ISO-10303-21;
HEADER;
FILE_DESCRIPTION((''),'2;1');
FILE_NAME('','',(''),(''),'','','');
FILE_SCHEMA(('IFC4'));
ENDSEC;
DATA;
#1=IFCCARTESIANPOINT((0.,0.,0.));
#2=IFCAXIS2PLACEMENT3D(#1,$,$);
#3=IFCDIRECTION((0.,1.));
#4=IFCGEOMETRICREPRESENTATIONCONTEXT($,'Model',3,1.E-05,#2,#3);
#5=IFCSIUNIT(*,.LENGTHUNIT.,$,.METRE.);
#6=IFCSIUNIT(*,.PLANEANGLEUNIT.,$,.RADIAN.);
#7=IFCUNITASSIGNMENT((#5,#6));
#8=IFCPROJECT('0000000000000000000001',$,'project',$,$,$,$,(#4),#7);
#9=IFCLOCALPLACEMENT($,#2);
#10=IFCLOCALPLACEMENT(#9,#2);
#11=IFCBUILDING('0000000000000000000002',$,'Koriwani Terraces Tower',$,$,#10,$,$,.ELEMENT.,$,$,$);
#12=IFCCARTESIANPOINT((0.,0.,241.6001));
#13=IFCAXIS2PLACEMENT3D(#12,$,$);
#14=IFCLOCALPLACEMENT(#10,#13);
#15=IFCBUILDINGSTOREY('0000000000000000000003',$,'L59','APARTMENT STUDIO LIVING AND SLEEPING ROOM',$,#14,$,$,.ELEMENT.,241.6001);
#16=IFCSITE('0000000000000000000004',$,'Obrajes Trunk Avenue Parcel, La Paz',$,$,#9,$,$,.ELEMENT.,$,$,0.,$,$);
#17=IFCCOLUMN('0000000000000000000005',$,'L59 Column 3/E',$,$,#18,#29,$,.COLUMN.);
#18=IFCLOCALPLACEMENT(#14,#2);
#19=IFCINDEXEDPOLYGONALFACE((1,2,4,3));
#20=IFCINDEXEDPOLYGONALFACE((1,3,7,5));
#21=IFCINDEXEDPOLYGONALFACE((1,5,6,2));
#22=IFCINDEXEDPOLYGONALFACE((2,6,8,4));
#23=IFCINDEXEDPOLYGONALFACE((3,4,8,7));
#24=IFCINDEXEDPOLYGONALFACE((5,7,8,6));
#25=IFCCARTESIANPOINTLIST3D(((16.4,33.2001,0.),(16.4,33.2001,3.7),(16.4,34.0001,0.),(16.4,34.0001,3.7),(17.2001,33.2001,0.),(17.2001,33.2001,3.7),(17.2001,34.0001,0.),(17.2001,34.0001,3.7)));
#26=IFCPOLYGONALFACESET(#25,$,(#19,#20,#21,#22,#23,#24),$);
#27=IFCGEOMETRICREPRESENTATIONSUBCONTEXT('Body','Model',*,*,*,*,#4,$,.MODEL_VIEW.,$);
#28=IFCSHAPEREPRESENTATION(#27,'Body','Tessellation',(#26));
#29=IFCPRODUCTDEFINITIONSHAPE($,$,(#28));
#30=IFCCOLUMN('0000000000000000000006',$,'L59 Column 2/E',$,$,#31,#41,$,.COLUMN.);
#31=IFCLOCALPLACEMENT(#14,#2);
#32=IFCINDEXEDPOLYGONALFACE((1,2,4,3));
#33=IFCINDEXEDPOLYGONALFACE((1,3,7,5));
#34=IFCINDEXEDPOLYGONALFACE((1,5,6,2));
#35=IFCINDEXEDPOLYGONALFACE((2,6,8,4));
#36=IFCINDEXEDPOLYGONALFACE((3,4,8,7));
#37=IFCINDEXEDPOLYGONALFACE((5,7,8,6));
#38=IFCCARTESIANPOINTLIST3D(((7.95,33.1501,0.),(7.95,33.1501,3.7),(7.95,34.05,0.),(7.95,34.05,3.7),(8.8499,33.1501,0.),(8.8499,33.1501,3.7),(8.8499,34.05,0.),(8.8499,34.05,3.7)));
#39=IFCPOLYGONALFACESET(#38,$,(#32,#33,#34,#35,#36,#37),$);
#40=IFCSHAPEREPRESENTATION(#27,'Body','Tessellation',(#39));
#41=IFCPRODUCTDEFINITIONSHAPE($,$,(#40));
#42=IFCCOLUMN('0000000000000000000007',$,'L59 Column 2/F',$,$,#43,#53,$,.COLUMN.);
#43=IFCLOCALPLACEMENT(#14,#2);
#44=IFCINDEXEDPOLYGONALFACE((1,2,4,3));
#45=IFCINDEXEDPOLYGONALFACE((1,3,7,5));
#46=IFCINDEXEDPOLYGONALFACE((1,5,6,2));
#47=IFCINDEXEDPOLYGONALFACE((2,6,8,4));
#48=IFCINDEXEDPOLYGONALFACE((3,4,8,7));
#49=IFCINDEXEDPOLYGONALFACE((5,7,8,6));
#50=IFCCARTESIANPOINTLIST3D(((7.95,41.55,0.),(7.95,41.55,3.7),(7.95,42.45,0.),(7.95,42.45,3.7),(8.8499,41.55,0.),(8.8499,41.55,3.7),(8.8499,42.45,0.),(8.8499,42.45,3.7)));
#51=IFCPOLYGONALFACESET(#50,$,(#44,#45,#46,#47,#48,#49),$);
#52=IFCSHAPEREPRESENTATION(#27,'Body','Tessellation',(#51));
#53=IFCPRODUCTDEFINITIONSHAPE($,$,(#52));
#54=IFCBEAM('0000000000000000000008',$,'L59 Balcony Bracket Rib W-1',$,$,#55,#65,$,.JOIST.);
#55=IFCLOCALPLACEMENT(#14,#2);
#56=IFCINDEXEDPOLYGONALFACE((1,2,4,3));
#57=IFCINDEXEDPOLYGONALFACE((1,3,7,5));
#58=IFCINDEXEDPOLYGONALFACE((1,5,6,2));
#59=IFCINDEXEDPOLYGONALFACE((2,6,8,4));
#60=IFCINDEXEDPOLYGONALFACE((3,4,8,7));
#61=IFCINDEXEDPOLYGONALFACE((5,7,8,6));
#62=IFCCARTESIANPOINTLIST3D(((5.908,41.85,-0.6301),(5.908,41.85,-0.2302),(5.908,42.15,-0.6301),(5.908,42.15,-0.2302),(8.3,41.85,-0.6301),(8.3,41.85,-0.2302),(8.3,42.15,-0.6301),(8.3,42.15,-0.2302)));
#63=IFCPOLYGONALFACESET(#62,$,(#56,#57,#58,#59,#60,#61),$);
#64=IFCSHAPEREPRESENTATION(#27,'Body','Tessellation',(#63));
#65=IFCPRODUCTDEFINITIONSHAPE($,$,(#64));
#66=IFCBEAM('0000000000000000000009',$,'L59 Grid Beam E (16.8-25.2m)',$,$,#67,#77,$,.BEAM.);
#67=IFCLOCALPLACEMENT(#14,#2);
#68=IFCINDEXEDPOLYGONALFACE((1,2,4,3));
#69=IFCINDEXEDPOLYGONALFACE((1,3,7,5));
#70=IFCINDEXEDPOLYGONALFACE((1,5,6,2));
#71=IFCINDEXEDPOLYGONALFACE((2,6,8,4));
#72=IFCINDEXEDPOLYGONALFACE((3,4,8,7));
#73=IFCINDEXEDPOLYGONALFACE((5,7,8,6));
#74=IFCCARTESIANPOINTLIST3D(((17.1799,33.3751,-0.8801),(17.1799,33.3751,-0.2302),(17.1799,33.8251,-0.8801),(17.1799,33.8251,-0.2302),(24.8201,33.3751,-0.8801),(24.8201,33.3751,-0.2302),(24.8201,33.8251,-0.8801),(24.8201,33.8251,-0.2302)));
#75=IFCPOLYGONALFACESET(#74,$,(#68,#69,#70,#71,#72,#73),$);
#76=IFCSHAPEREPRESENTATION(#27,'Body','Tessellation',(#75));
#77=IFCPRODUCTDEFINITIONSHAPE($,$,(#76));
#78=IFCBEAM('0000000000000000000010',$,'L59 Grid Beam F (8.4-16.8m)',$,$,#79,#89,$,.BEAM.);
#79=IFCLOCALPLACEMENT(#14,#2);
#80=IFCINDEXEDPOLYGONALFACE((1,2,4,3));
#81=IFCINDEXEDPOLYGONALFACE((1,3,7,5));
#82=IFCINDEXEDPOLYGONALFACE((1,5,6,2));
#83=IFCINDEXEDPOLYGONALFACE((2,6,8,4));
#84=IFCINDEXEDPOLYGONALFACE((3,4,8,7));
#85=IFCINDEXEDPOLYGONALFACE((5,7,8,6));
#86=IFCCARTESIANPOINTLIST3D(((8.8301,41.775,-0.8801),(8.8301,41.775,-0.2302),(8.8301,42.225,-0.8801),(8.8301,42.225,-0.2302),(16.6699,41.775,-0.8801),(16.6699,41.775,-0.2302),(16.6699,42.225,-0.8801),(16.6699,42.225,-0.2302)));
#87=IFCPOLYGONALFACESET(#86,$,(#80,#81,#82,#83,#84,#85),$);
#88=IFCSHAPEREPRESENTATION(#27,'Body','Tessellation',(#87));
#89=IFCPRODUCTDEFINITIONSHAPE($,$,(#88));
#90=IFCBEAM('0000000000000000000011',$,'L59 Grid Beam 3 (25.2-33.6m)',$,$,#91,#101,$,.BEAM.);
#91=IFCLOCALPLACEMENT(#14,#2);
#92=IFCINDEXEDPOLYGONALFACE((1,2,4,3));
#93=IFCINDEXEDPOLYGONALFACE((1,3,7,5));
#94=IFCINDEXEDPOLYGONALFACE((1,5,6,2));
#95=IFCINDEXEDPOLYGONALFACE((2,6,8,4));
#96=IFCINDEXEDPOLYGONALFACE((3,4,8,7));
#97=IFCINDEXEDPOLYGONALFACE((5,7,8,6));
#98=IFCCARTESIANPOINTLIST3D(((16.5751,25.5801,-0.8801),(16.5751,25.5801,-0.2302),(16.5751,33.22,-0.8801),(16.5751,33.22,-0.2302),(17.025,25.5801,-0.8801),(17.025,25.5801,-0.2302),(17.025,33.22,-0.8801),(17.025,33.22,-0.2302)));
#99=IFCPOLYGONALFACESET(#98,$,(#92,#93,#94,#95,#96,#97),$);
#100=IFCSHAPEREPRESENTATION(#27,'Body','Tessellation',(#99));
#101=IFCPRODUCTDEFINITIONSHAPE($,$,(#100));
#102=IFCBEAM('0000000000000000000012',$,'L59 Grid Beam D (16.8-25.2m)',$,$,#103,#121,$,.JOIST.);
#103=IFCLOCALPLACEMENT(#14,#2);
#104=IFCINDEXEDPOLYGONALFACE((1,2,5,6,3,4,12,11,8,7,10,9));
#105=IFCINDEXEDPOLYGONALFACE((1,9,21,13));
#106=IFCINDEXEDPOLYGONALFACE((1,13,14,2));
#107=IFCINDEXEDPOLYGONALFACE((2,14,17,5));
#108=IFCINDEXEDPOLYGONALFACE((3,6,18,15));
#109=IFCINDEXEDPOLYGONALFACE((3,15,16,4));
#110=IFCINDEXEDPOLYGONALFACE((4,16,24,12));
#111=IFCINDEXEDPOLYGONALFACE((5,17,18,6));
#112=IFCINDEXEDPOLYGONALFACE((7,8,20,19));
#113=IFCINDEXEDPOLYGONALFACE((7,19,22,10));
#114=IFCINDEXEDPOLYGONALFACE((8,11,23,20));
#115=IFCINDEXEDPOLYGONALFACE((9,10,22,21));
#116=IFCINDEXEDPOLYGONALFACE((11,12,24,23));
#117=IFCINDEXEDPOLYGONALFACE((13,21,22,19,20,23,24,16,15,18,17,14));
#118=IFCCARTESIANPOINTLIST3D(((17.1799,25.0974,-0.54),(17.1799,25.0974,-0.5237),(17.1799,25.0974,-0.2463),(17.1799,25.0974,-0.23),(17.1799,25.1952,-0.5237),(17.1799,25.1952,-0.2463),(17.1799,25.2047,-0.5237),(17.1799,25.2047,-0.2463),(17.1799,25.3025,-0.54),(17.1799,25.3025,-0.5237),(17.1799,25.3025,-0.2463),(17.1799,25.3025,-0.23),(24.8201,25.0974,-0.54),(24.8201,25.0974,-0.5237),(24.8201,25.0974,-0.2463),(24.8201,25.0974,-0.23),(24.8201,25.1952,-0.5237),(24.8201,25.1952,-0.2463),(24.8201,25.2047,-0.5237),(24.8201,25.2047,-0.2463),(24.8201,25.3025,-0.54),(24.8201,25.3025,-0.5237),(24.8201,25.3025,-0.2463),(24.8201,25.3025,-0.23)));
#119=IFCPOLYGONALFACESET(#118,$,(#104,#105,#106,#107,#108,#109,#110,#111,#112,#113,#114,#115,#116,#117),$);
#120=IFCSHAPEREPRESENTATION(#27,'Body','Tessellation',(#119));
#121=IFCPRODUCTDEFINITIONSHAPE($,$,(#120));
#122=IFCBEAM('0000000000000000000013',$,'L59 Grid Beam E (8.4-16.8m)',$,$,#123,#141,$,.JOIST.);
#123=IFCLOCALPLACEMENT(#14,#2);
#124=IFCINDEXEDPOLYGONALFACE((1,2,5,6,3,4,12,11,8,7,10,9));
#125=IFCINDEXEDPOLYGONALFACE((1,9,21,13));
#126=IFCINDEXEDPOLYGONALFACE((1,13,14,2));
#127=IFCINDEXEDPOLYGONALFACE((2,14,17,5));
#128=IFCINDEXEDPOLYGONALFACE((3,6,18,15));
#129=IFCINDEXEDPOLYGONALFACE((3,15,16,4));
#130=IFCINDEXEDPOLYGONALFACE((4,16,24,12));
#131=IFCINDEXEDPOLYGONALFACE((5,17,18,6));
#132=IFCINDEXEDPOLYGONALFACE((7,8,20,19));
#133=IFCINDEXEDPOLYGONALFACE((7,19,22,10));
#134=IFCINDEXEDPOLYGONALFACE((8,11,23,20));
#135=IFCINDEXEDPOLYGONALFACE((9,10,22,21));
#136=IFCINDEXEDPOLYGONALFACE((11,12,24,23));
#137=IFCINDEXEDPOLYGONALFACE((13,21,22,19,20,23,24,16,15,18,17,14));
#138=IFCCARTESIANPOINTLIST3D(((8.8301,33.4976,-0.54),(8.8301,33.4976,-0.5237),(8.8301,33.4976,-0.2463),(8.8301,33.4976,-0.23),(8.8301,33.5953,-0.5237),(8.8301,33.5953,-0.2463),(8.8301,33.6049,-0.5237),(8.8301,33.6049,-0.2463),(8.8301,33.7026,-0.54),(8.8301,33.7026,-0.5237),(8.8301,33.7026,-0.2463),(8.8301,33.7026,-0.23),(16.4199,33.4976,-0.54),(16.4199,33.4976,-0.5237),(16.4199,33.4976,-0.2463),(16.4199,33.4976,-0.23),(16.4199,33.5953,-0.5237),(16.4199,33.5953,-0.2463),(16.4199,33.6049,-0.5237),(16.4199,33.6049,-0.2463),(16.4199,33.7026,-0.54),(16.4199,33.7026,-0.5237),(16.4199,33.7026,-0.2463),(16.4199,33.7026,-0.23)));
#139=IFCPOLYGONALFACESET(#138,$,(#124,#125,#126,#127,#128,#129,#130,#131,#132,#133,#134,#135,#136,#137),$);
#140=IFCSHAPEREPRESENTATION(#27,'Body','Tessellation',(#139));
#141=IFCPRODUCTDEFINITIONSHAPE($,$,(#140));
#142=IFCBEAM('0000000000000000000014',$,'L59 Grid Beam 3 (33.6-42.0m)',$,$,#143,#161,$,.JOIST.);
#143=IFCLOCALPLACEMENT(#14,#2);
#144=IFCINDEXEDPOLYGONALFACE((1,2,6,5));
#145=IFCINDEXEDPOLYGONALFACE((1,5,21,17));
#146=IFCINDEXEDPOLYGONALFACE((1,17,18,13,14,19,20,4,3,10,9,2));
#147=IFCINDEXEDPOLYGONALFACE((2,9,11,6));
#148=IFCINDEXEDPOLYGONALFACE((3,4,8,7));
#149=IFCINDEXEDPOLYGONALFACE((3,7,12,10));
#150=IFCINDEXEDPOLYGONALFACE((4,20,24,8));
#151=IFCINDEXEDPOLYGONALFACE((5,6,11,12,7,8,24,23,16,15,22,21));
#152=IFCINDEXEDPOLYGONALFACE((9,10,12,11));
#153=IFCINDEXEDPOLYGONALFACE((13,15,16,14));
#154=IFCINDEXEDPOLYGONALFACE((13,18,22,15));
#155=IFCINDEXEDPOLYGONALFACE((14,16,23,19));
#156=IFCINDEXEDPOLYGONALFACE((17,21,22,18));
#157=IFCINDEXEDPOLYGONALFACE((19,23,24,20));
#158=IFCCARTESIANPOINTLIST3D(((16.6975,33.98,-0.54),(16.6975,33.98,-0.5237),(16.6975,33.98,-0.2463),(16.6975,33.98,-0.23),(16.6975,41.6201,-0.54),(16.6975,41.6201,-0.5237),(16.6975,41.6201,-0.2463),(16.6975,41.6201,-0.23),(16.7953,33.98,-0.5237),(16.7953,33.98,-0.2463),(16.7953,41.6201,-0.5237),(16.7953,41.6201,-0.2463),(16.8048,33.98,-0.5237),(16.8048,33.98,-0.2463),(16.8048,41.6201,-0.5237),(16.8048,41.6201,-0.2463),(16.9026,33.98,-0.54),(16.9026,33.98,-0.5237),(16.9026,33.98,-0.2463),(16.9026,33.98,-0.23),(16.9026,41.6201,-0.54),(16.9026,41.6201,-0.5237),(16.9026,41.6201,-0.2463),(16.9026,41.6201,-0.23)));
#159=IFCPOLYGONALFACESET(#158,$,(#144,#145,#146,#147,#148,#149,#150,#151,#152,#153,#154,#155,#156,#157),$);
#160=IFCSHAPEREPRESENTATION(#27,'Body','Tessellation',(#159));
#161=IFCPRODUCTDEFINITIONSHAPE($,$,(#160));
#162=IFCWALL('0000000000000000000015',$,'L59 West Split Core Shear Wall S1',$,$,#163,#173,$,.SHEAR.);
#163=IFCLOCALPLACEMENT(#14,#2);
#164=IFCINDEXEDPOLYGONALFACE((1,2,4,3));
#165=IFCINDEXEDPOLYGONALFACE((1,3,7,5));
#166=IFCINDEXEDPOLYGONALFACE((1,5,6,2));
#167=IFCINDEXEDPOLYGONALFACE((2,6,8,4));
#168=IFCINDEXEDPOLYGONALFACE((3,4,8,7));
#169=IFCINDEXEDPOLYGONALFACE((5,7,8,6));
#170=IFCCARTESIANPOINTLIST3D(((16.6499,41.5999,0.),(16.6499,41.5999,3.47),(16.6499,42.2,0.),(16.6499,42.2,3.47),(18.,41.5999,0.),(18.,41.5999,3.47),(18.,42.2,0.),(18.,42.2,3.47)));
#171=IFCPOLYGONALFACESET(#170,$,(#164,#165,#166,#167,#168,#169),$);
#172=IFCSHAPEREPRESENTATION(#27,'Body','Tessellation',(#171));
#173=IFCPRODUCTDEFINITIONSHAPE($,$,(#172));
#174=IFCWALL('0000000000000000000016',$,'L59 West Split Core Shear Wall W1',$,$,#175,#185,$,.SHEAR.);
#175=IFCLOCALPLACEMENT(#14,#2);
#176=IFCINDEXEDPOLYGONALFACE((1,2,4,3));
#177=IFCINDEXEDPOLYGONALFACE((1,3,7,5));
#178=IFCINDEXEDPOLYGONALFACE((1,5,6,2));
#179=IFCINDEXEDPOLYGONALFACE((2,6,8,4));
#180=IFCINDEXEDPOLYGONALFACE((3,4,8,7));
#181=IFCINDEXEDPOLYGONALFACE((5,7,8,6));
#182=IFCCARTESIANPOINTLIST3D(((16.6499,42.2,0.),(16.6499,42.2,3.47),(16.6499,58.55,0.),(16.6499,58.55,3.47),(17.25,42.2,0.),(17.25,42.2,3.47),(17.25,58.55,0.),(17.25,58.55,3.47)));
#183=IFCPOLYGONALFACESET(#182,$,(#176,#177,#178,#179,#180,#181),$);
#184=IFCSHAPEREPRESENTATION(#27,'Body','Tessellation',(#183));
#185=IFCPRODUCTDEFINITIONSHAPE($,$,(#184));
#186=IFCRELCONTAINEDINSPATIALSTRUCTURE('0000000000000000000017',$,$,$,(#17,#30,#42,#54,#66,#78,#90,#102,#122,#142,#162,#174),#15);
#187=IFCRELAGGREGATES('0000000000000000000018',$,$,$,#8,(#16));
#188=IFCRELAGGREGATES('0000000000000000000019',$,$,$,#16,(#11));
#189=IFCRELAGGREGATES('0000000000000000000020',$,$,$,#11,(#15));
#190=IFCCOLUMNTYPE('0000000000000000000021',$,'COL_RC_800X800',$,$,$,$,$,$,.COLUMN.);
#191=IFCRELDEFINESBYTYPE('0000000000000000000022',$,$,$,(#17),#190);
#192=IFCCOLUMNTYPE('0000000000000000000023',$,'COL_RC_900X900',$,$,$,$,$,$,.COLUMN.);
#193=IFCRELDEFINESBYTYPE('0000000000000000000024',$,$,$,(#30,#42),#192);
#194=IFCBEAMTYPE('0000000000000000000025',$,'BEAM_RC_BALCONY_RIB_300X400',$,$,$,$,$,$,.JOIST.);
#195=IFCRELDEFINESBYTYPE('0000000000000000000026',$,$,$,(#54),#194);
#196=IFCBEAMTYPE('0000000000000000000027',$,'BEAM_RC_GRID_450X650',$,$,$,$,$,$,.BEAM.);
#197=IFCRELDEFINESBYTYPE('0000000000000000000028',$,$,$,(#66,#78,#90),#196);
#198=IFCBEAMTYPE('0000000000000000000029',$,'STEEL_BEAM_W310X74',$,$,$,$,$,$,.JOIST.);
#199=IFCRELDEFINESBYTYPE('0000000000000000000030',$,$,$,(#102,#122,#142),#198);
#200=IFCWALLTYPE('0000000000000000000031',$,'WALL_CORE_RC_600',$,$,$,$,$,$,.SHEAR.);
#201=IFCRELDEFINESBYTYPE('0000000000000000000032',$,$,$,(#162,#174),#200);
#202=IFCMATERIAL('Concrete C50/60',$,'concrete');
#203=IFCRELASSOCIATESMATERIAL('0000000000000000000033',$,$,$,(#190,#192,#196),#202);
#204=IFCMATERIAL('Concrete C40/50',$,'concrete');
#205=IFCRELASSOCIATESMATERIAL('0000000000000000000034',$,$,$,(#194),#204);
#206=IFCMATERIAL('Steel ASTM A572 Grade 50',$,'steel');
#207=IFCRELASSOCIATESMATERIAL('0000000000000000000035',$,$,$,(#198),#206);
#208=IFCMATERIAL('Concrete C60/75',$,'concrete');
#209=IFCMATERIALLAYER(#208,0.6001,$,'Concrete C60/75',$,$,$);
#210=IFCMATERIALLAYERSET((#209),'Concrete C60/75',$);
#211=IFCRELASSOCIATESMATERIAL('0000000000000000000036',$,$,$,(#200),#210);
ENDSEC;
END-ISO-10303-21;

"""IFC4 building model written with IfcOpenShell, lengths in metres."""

from ifc_helpers import new_model, si_unit, direction, frame, frame_2d, origin, origin_2d, place, context, subcontext, project, spatial, rectangle, i_section, extrude, material, layer, layer_set, material_profile, profile_set, type_object, element, save


model = new_model("IFC4")

# Units and contexts
model_context = context("Model", 3, precision=1e-05, world=origin(), true_north=direction((0.0, 1.0)))
body_context = subcontext(model_context, "Body", "Model", "MODEL_VIEW")
ifc_project = project(units=[si_unit("LENGTHUNIT", "METRE"), si_unit("PLANEANGLEUNIT", "RADIAN")], contexts=[model_context])

# Site, building, storey
site_placement = place(None, origin())
site = spatial("IfcSite", under=ifc_project, at=site_placement, Name="Obrajes Trunk Avenue Parcel, La Paz", CompositionType="ELEMENT", RefElevation=0.0)
building_placement = place(site_placement, origin())
building = spatial("IfcBuilding", under=site, at=building_placement, Name="Koriwani Terraces Tower", CompositionType="ELEMENT")
storey_placement = place(building_placement, frame((0.0, 0.0, 241.6001)))
storey = spatial("IfcBuildingStorey", under=building, at=storey_placement, Name="L59", Description="APARTMENT STUDIO LIVING AND SLEEPING ROOM", CompositionType="ELEMENT", Elevation=241.6001)

# Columns
ifc_material_1 = material(Name="Concrete C50/60", Category="concrete")
ifc_material_profile_1 = material_profile(ifc_material_1, rectangle(XDim=0.8, YDim=0.8, at=origin_2d()), Name="Concrete C50/60", Category="LoadBearing")
ifc_profile_set_1 = profile_set([ifc_material_profile_1], Name="Concrete C50/60")
column_type_1 = type_object("IfcColumnType", Name="COL_RC_800X800", PredefinedType="COLUMN", material=ifc_profile_set_1)
column_placement = place(storey_placement, frame((16.8, 33.6001, 0.0), z_axis=(0.0, 0.0, 1.0), x_axis=(1.0, 0.0, 0.0)))
element("IfcColumn", 1, at=column_placement, inside=storey, type_object=column_type_1, Name="L59 Column 3/E", PredefinedType="COLUMN", context=body_context, shape_type="SweptSolid", body=[
    extrude(rectangle(XDim=0.8, YDim=0.8, at=origin_2d()), origin(), (0.0, 0.0, 1.0), 3.7),
])
ifc_material_profile_2 = material_profile(ifc_material_1, rectangle(XDim=0.8999, YDim=0.8999, at=origin_2d()), Name="Concrete C50/60", Category="LoadBearing")
ifc_profile_set_2 = profile_set([ifc_material_profile_2], Name="Concrete C50/60")
column_type_2 = type_object("IfcColumnType", Name="COL_RC_900X900", PredefinedType="COLUMN", material=ifc_profile_set_2)
for number, where, z_axis, x_axis, name in (
    (2, (8.3999, 33.6001, 0.0), (0.0, 0.0, 1.0), (1.0, 0.0, 0.0), "L59 Column 2/E"),
    (3, (8.3999, 42.0, 0.0), (0.0, 0.0, 1.0), (1.0, 0.0, 0.0), "L59 Column 2/F"),
):
    element("IfcColumn", number, at=place(storey_placement, frame(where, z_axis=z_axis, x_axis=x_axis)), inside=storey, type_object=column_type_2, Name=name, PredefinedType="COLUMN", context=body_context, shape_type="SweptSolid", body=[
        extrude(rectangle(XDim=0.8999, YDim=0.8999, at=origin_2d()), origin(), (0.0, 0.0, 1.0), 3.7),
    ])

# Beams
ifc_material_2 = material(Name="Concrete C40/50", Category="concrete")
ifc_material_profile_3 = material_profile(ifc_material_2, rectangle(XDim=0.3, YDim=0.3999, at=origin_2d()), Name="Concrete C40/50", Category="LoadBearing")
ifc_profile_set_3 = profile_set([ifc_material_profile_3], Name="Concrete C40/50")
beam_type_1 = type_object("IfcBeamType", Name="BEAM_RC_BALCONY_RIB_300X400", PredefinedType="JOIST", material=ifc_profile_set_3)
beam_1_placement = place(storey_placement, frame((5.908, 42.0, -0.4302), z_axis=(1.0, 0.0, 0.0), x_axis=(0.0, 1.0, 0.0)))
element("IfcBeam", 4, at=beam_1_placement, inside=storey, type_object=beam_type_1, Name="L59 Balcony Bracket Rib W-1", PredefinedType="JOIST", context=body_context, shape_type="SweptSolid", body=[
    extrude(rectangle(XDim=0.3, YDim=0.3999, at=origin_2d()), origin(), (0.0, 0.0, 1.0), 2.3921),
])
ifc_material_profile_4 = material_profile(ifc_material_1, rectangle(XDim=0.45, YDim=0.6499, at=origin_2d()), Name="Concrete C50/60", Category="LoadBearing")
ifc_profile_set_4 = profile_set([ifc_material_profile_4], Name="Concrete C50/60")
beam_type_2 = type_object("IfcBeamType", Name="BEAM_RC_GRID_450X650", PredefinedType="BEAM", material=ifc_profile_set_4)
beam_2_placement = place(storey_placement, frame((17.1799, 33.6001, -0.5552), z_axis=(1.0, 0.0, 0.0), x_axis=(0.0, 1.0, 0.0)))
element("IfcBeam", 5, at=beam_2_placement, inside=storey, type_object=beam_type_2, Name="L59 Grid Beam E (16.8-25.2m)", PredefinedType="BEAM", context=body_context, shape_type="SweptSolid", body=[
    extrude(rectangle(XDim=0.45, YDim=0.6499, at=origin_2d()), origin(), (0.0, 0.0, 1.0), 7.6401),
])
beam_3_placement = place(storey_placement, frame((8.8301, 42.0, -0.5552), z_axis=(1.0, 0.0, 0.0), x_axis=(0.0, 1.0, 0.0)))
element("IfcBeam", 6, at=beam_3_placement, inside=storey, type_object=beam_type_2, Name="L59 Grid Beam F (8.4-16.8m)", PredefinedType="BEAM", context=body_context, shape_type="SweptSolid", body=[
    extrude(rectangle(XDim=0.45, YDim=0.6499, at=origin_2d()), origin(), (0.0, 0.0, 1.0), 7.8398),
])
beam_4_placement = place(storey_placement, frame((16.8, 25.5801, -0.5552), z_axis=(0.0, 1.0, 0.0), x_axis=(-1.0, 0.0, 0.0)))
element("IfcBeam", 7, at=beam_4_placement, inside=storey, type_object=beam_type_2, Name="L59 Grid Beam 3 (25.2-33.6m)", PredefinedType="BEAM", context=body_context, shape_type="SweptSolid", body=[
    extrude(rectangle(XDim=0.45, YDim=0.6499, at=origin_2d()), origin(), (0.0, 0.0, 1.0), 7.6399),
])
ifc_material_3 = material(Name="Steel ASTM A572 Grade 50", Category="steel")
ifc_material_profile_5 = material_profile(ifc_material_3, i_section(OverallWidth=0.2051, OverallDepth=0.3101, WebThickness=0.0095, FlangeThickness=0.0164, at=origin_2d()), Name="Steel ASTM A572 Grade 50", Category="LoadBearing")
ifc_profile_set_5 = profile_set([ifc_material_profile_5], Name="Steel ASTM A572 Grade 50")
beam_type_3 = type_object("IfcBeamType", Name="STEEL_BEAM_W310X74", PredefinedType="JOIST", material=ifc_profile_set_5)
beam_5_placement = place(storey_placement, frame((17.1799, 25.2, -0.385), z_axis=(1.0, 0.0, 0.0), x_axis=(0.0, 1.0, 0.0)))
element("IfcBeam", 8, at=beam_5_placement, inside=storey, type_object=beam_type_3, Name="L59 Grid Beam D (16.8-25.2m)", PredefinedType="JOIST", context=body_context, shape_type="SweptSolid", body=[
    extrude(i_section(OverallWidth=0.2051, OverallDepth=0.3101, WebThickness=0.0095, FlangeThickness=0.0164, at=origin_2d()), origin(), (0.0, 0.0, 1.0), 7.6401),
])
beam_6_placement = place(storey_placement, frame((8.8301, 33.6001, -0.385), z_axis=(1.0, 0.0, 0.0), x_axis=(0.0, 1.0, 0.0)))
element("IfcBeam", 9, at=beam_6_placement, inside=storey, type_object=beam_type_3, Name="L59 Grid Beam E (8.4-16.8m)", PredefinedType="JOIST", context=body_context, shape_type="SweptSolid", body=[
    extrude(i_section(OverallWidth=0.2051, OverallDepth=0.3101, WebThickness=0.0095, FlangeThickness=0.0164, at=origin_2d()), origin(), (0.0, 0.0, 1.0), 7.5898),
])
beam_7_placement = place(storey_placement, frame((16.8, 33.98, -0.385), z_axis=(0.0, 1.0, 0.0), x_axis=(-1.0, 0.0, 0.0)))
element("IfcBeam", 10, at=beam_7_placement, inside=storey, type_object=beam_type_3, Name="L59 Grid Beam 3 (33.6-42.0m)", PredefinedType="JOIST", context=body_context, shape_type="SweptSolid", body=[
    extrude(i_section(OverallWidth=0.2051, OverallDepth=0.3101, WebThickness=0.0095, FlangeThickness=0.0164, at=origin_2d()), origin(), (0.0, 0.0, 1.0), 7.6401),
])

# Walls
ifc_material_4 = material(Name="Concrete C60/75", Category="concrete")
ifc_layer_1 = layer(ifc_material_4, 0.6001, Name="Concrete C60/75")
ifc_layer_set_1 = layer_set([ifc_layer_1], Name="Concrete C60/75")
wall_type_1 = type_object("IfcWallType", Name="WALL_CORE_RC_600", PredefinedType="SHEAR", material=ifc_layer_set_1)
wall_1_placement = place(storey_placement, frame((16.6499, 41.8999, 0.0), z_axis=(0.0, 0.0, 1.0), x_axis=(1.0, 0.0, 0.0)))
element("IfcWall", 11, at=wall_1_placement, inside=storey, type_object=wall_type_1, Name="L59 West Split Core Shear Wall S1", PredefinedType="SHEAR", context=body_context, shape_type="SweptSolid", body=[
    extrude(rectangle(XDim=1.3501, YDim=0.6001, at=frame_2d((0.675, 0.0))), origin(), (0.0, 0.0, 1.0), 3.47),
])
wall_2_placement = place(storey_placement, frame((16.95, 42.2, 0.0), z_axis=(0.0, 0.0, 1.0), x_axis=(0.0, 1.0, 0.0)))
element("IfcWall", 12, at=wall_2_placement, inside=storey, type_object=wall_type_1, Name="L59 West Split Core Shear Wall W1", PredefinedType="SHEAR", context=body_context, shape_type="SweptSolid", body=[
    extrude(rectangle(XDim=16.3501, YDim=0.6001, at=frame_2d((8.175, 0.0))), origin(), (0.0, 0.0, 1.0), 3.47),
])

save(model, "model.ifc")
